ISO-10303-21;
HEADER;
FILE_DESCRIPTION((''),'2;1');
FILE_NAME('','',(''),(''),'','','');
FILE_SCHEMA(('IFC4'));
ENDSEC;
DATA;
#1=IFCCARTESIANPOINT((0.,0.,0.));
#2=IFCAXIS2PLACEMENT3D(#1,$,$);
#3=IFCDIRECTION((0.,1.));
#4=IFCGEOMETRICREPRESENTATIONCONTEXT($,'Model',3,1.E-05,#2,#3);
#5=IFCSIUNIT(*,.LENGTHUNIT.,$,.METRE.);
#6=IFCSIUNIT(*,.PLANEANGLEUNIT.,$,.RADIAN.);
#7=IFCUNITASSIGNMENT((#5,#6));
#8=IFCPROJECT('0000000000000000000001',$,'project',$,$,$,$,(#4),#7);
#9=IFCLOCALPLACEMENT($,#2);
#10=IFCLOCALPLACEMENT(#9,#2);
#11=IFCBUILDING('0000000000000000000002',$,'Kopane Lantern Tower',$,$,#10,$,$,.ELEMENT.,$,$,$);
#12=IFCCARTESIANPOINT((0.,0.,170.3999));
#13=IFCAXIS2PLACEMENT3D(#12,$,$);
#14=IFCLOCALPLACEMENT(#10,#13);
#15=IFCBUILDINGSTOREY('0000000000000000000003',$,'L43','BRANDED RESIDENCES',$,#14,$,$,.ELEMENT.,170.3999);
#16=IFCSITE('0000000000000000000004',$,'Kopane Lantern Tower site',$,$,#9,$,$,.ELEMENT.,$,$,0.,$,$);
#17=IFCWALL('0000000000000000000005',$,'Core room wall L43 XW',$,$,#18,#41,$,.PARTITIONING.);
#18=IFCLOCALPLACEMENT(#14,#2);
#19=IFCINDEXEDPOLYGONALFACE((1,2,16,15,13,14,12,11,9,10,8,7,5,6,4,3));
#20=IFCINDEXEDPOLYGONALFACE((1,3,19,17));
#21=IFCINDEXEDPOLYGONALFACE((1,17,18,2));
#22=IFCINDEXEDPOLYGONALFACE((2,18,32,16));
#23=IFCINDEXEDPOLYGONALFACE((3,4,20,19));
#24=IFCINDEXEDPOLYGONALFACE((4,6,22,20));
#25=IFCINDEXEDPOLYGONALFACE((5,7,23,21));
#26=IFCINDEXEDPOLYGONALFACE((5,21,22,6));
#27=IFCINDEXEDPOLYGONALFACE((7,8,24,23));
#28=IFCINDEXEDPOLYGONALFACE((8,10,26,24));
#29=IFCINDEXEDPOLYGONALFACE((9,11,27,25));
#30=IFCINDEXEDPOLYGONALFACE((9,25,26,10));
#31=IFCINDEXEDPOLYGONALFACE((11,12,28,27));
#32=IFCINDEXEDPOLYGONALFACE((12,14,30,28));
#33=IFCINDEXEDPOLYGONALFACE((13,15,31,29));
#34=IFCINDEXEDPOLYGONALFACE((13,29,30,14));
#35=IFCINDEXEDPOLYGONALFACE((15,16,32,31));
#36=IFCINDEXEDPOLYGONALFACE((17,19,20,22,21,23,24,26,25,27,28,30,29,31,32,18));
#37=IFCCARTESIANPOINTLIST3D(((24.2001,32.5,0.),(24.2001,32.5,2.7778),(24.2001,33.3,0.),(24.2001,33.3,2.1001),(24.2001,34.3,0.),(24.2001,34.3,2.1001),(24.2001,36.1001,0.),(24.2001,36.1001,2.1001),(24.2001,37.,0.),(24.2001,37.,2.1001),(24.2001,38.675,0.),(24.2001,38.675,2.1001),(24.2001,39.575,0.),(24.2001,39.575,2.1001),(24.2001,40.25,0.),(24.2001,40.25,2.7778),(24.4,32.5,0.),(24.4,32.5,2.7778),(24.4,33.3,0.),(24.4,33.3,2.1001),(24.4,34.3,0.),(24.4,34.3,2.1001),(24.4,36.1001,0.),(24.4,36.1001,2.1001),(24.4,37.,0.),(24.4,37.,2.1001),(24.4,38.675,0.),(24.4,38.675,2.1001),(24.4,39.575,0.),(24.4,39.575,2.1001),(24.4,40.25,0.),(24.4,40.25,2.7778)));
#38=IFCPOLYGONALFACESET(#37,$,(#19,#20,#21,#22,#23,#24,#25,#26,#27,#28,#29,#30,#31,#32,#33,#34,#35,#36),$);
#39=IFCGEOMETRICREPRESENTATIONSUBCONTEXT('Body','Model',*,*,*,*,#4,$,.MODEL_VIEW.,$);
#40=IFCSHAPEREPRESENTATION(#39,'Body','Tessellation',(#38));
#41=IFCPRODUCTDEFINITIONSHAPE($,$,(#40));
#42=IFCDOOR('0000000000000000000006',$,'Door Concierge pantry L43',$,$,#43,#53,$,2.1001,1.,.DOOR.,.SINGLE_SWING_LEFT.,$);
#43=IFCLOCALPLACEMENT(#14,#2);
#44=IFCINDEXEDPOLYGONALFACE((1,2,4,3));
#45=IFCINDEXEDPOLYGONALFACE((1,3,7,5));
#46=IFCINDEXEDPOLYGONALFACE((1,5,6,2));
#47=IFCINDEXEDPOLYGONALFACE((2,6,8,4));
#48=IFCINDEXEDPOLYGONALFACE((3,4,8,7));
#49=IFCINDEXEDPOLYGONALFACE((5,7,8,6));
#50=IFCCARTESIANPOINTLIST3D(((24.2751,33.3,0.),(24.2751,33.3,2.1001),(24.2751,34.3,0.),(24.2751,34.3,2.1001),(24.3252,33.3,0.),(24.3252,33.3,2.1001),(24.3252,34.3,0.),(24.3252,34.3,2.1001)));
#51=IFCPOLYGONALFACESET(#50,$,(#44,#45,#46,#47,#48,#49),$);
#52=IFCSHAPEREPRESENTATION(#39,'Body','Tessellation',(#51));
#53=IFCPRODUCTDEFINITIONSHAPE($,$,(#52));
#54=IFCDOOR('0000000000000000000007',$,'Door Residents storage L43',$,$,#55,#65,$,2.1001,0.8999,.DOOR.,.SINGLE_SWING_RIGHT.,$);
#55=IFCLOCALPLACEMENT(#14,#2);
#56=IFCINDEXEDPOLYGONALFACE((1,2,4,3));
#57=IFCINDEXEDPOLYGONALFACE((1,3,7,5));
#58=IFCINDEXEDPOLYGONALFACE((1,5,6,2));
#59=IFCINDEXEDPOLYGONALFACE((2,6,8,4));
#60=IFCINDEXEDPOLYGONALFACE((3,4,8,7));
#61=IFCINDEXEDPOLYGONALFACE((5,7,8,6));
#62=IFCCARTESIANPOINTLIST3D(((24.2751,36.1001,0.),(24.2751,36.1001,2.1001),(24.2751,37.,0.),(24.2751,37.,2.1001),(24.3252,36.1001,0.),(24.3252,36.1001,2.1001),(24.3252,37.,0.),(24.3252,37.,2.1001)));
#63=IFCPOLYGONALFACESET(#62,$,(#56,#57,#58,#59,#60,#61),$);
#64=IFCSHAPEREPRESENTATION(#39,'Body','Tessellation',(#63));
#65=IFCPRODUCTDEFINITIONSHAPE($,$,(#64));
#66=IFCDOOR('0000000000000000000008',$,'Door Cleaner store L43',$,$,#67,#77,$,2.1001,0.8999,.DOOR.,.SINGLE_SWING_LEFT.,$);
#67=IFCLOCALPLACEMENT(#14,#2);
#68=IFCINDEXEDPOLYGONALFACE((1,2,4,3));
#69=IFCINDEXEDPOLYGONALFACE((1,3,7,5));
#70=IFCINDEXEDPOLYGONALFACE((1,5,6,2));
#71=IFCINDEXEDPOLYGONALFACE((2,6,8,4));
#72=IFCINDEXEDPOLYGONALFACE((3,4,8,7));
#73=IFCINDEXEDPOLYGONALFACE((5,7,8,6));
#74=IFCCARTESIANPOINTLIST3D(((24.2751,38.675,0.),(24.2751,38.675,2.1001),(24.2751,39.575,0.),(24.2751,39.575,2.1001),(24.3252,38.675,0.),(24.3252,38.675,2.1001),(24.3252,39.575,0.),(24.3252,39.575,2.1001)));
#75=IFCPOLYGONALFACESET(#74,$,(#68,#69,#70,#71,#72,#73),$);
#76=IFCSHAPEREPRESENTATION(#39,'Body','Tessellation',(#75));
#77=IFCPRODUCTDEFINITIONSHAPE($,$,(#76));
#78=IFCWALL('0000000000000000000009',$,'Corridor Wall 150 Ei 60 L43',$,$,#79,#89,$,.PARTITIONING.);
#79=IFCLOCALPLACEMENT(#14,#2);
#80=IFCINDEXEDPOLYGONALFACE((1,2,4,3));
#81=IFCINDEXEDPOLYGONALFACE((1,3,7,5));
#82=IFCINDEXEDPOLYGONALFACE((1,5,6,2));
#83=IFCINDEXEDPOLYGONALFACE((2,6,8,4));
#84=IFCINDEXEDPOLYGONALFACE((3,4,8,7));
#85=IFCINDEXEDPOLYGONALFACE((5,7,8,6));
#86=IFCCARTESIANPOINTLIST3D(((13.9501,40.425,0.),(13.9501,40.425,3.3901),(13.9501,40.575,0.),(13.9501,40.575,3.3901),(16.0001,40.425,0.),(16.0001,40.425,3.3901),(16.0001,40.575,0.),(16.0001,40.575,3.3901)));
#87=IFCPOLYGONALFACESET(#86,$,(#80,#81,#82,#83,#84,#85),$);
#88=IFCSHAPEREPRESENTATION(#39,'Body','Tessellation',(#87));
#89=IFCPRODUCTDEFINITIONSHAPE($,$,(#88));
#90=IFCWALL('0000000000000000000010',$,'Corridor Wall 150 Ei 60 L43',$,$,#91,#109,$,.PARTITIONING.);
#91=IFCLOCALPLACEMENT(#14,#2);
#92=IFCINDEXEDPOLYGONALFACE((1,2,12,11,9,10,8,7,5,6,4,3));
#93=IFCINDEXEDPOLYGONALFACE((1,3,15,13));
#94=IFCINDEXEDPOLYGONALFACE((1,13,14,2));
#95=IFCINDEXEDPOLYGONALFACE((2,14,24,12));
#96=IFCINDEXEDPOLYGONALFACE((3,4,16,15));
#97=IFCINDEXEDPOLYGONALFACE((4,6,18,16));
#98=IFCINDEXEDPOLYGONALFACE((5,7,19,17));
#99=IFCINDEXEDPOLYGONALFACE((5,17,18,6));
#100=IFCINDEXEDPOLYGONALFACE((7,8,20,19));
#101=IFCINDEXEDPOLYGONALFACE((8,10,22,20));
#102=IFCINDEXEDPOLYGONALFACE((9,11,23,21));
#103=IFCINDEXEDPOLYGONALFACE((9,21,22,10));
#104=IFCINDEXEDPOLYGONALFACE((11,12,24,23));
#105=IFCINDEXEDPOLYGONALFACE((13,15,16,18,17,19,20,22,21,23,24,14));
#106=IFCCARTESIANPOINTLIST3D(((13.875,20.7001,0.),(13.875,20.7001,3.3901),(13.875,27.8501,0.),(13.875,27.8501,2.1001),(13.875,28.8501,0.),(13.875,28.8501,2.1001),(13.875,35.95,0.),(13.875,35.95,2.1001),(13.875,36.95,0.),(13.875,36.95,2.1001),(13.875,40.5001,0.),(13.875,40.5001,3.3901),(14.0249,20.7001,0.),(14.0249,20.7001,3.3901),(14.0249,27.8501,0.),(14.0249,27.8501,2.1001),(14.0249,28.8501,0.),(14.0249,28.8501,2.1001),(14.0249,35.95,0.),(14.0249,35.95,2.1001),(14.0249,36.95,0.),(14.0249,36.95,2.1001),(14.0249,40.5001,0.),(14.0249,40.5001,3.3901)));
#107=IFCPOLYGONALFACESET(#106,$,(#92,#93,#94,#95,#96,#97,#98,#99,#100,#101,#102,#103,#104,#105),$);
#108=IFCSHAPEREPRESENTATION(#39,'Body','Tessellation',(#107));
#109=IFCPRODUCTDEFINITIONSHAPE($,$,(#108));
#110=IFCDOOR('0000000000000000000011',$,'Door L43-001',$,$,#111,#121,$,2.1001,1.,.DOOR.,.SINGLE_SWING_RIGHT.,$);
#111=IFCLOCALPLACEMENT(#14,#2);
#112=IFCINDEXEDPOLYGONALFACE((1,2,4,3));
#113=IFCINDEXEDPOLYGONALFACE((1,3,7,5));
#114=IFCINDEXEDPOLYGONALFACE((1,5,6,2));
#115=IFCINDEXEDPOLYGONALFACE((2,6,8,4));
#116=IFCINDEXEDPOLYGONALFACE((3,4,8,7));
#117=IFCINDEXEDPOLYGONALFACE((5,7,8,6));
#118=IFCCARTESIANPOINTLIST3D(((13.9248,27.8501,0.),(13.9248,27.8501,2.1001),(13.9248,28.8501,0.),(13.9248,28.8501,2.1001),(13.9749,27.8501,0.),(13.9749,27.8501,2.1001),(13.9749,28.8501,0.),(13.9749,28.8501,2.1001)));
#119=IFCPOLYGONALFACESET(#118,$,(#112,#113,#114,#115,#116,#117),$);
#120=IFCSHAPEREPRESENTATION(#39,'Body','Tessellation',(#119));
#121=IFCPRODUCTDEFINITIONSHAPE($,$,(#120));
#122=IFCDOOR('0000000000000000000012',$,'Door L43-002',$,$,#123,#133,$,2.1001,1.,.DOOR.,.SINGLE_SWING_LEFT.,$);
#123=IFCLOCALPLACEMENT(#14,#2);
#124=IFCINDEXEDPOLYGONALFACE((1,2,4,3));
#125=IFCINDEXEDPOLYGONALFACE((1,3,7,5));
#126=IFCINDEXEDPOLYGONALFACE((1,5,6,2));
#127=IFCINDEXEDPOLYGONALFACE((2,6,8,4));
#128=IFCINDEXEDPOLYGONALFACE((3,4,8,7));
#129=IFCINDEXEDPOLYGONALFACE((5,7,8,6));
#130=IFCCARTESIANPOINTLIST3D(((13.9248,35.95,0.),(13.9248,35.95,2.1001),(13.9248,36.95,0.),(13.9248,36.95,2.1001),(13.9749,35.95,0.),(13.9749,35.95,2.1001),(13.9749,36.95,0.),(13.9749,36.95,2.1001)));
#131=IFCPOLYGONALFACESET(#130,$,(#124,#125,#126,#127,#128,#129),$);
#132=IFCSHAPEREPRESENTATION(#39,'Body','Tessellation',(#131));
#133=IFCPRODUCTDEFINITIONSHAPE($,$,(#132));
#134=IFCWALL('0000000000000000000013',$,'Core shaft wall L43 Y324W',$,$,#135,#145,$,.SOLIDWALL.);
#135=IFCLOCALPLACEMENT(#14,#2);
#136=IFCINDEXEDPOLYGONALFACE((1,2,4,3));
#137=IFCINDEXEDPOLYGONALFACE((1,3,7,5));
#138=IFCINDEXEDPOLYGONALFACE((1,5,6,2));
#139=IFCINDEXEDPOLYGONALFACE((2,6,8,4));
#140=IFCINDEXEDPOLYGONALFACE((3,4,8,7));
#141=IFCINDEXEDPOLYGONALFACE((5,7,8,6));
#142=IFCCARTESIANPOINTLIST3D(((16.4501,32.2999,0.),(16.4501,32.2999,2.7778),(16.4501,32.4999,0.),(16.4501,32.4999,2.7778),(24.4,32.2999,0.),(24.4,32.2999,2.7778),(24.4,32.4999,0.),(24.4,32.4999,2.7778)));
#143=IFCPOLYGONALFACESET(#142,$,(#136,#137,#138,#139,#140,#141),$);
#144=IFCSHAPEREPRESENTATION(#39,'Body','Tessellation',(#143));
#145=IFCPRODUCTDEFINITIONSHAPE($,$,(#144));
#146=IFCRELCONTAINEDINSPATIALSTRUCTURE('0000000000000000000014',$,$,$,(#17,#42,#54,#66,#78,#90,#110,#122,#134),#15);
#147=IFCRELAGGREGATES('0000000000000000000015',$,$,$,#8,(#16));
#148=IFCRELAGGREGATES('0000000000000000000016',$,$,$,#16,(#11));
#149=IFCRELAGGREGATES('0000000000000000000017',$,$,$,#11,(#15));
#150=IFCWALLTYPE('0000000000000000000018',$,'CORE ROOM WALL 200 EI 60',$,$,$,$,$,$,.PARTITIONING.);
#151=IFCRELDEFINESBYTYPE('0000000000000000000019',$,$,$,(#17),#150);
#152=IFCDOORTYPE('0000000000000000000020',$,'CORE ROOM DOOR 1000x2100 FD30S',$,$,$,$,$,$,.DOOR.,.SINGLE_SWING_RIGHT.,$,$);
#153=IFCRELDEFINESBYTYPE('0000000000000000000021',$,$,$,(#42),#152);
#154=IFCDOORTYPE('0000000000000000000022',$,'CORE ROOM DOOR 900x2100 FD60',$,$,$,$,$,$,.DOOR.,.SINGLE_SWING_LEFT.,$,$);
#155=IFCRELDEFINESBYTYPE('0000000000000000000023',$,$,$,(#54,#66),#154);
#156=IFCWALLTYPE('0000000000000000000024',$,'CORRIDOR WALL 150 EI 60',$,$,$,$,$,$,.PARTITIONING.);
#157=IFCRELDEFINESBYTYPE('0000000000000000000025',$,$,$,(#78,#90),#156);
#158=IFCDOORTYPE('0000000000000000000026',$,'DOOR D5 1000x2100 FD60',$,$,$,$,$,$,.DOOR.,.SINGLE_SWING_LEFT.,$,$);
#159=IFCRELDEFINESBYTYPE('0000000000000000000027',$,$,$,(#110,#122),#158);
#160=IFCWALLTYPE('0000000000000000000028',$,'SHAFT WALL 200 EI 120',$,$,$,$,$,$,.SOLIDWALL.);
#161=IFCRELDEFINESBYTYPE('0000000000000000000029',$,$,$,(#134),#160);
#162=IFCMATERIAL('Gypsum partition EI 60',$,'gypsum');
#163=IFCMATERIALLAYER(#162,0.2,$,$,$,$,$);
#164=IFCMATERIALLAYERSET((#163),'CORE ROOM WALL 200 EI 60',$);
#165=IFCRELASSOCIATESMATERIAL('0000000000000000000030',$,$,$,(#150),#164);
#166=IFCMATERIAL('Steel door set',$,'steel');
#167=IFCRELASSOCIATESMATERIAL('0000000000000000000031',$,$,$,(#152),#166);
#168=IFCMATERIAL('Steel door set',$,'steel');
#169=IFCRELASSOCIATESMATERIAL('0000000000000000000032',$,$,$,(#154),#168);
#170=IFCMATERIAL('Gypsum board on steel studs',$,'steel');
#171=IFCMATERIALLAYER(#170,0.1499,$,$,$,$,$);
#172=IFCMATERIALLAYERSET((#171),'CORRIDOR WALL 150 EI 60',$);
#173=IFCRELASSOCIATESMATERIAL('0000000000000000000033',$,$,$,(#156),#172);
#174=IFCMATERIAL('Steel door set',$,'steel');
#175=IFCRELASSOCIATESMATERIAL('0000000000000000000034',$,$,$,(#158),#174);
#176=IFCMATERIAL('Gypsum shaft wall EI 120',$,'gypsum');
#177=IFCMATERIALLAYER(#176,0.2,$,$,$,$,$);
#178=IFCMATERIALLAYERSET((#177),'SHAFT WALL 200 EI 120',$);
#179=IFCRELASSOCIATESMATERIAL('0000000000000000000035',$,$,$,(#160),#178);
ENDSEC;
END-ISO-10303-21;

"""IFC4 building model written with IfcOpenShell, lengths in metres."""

from ifc_helpers import new_model, si_unit, direction, frame, frame_2d, origin, place, context, subcontext, project, spatial, rectangle, extrude, material, layer, layer_set, type_object, element, fill, save


model = new_model("IFC4")

# Units and contexts
model_context = context("Model", 3, precision=1e-05, world=origin(), true_north=direction((0.0, 1.0)))
body_context = subcontext(model_context, "Body", "Model", "MODEL_VIEW")
ifc_project = project(units=[si_unit("LENGTHUNIT", "METRE"), si_unit("PLANEANGLEUNIT", "RADIAN")], contexts=[model_context])

# Site, building, storey
site_placement = place(None, origin())
site = spatial("IfcSite", under=ifc_project, at=site_placement, Name="Kopane Lantern Tower site", CompositionType="ELEMENT", RefElevation=0.0)
building_placement = place(site_placement, origin())
building = spatial("IfcBuilding", under=site, at=building_placement, Name="Kopane Lantern Tower", CompositionType="ELEMENT")
storey_placement = place(building_placement, frame((0.0, 0.0, 170.3999)))
storey = spatial("IfcBuildingStorey", under=building, at=storey_placement, Name="L43", Description="BRANDED RESIDENCES", CompositionType="ELEMENT", Elevation=170.3999)

# Wall, openings, doors
ifc_material_1 = material(Name="Gypsum partition EI 60", Category="gypsum")
ifc_layer_1 = layer(ifc_material_1, 0.2)
ifc_layer_set_1 = layer_set([ifc_layer_1], Name="CORE ROOM WALL 200 EI 60")
wall_type_1 = type_object("IfcWallType", Name="CORE ROOM WALL 200 EI 60", PredefinedType="PARTITIONING", material=ifc_layer_set_1)
wall_1_placement = place(storey_placement, frame((24.3, 32.5, 0.0), z_axis=(0.0, 0.0, 1.0), x_axis=(0.0, 1.0, 0.0)))
wall_1 = element("IfcWall", 1, at=wall_1_placement, inside=storey, type_object=wall_type_1, Name="Core room wall L43 XW", PredefinedType="PARTITIONING", context=body_context, shape_type="SweptSolid", body=[
    extrude(rectangle(XDim=7.75, YDim=0.2, at=frame_2d((3.875, 0.0))), origin(), (0.0, 0.0, 1.0), 2.7778),
])
opening_1_placement = place(wall_1_placement, frame((0.8, 0.0, 0.0)))
opening_1 = element("IfcOpeningElement", 2, at=opening_1_placement, cuts=wall_1, PredefinedType="OPENING", context=body_context, shape_type="SweptSolid", body=[
    extrude(rectangle(XDim=1.0, YDim=2.1001, at=frame_2d((0.5, 1.05))), frame((0.0, 0.1099, 0.0), z_axis=(0.0, -1.0, 0.0), x_axis=(1.0, 0.0, 0.0)), (0.0, 0.0, 1.0), 0.22),
])
opening_2_placement = place(wall_1_placement, frame((3.6001, 0.0, 0.0)))
opening_2 = element("IfcOpeningElement", 3, at=opening_2_placement, cuts=wall_1, PredefinedType="OPENING", context=body_context, shape_type="SweptSolid", body=[
    extrude(rectangle(XDim=0.8999, YDim=2.1001, at=frame_2d((0.45, 1.05))), frame((0.0, 0.1099, 0.0), z_axis=(0.0, -1.0, 0.0), x_axis=(1.0, 0.0, 0.0)), (0.0, 0.0, 1.0), 0.22),
])
opening_3_placement = place(wall_1_placement, frame((6.175, 0.0, 0.0)))
opening_3 = element("IfcOpeningElement", 4, at=opening_3_placement, cuts=wall_1, PredefinedType="OPENING", context=body_context, shape_type="SweptSolid", body=[
    extrude(rectangle(XDim=0.8999, YDim=2.1001, at=frame_2d((0.45, 1.05))), frame((0.0, 0.1099, 0.0), z_axis=(0.0, -1.0, 0.0), x_axis=(1.0, 0.0, 0.0)), (0.0, 0.0, 1.0), 0.22),
])
ifc_material_2 = material(Name="Steel door set", Category="steel")
door_type_1 = type_object("IfcDoorType", Name="CORE ROOM DOOR 1000x2100 FD30S", OperationType="SINGLE_SWING_RIGHT", PredefinedType="DOOR", material=ifc_material_2)
door_1_placement = place(opening_1_placement, origin())
door_1 = element("IfcDoor", 5, at=door_1_placement, inside=storey, type_object=door_type_1, Name="Door Concierge pantry L43", OperationType="SINGLE_SWING_LEFT", OverallHeight=2.1001, OverallWidth=1.0, PredefinedType="DOOR", context=body_context, shape_type="SweptSolid", body=[
    extrude(rectangle(XDim=1.0, YDim=2.1001, at=frame_2d((0.5, 1.05))), frame((0.0, 0.0249, 0.0), z_axis=(0.0, -1.0, 0.0), x_axis=(1.0, 0.0, 0.0)), (0.0, 0.0, 1.0), 0.05),
])
fill(opening_1, door_1)
ifc_material_3 = material(Name="Steel door set", Category="steel")
door_type_2 = type_object("IfcDoorType", Name="CORE ROOM DOOR 900x2100 FD60", OperationType="SINGLE_SWING_LEFT", PredefinedType="DOOR", material=ifc_material_3)
door_2_placement = place(opening_2_placement, origin())
door_2 = element("IfcDoor", 6, at=door_2_placement, inside=storey, type_object=door_type_2, Name="Door Residents storage L43", OperationType="SINGLE_SWING_RIGHT", OverallHeight=2.1001, OverallWidth=0.8999, PredefinedType="DOOR", context=body_context, shape_type="SweptSolid", body=[
    extrude(rectangle(XDim=0.8999, YDim=2.1001, at=frame_2d((0.45, 1.05))), frame((0.0, 0.0249, 0.0), z_axis=(0.0, -1.0, 0.0), x_axis=(1.0, 0.0, 0.0)), (0.0, 0.0, 1.0), 0.05),
])
fill(opening_2, door_2)
door_3_placement = place(opening_3_placement, origin())
door_3 = element("IfcDoor", 7, at=door_3_placement, inside=storey, type_object=door_type_2, Name="Door Cleaner store L43", OperationType="SINGLE_SWING_LEFT", OverallHeight=2.1001, OverallWidth=0.8999, PredefinedType="DOOR", context=body_context, shape_type="SweptSolid", body=[
    extrude(rectangle(XDim=0.8999, YDim=2.1001, at=frame_2d((0.45, 1.05))), frame((0.0, 0.0249, 0.0), z_axis=(0.0, -1.0, 0.0), x_axis=(1.0, 0.0, 0.0)), (0.0, 0.0, 1.0), 0.05),
])
fill(opening_3, door_3)

# Wall
ifc_material_4 = material(Name="Gypsum board on steel studs", Category="steel")
ifc_layer_2 = layer(ifc_material_4, 0.1499)
ifc_layer_set_2 = layer_set([ifc_layer_2], Name="CORRIDOR WALL 150 EI 60")
wall_type_2 = type_object("IfcWallType", Name="CORRIDOR WALL 150 EI 60", PredefinedType="PARTITIONING", material=ifc_layer_set_2)
wall_2_placement = place(storey_placement, frame((16.0, 40.5, 0.0), z_axis=(0.0, 0.0, 1.0), x_axis=(-1.0, 0.0, 0.0)))
element("IfcWall", 8, at=wall_2_placement, inside=storey, type_object=wall_type_2, Name="Corridor Wall 150 Ei 60 L43", PredefinedType="PARTITIONING", context=body_context, shape_type="SweptSolid", body=[
    extrude(rectangle(XDim=2.05, YDim=0.1499, at=frame_2d((1.0249, 0.0))), origin(), (0.0, 0.0, 1.0), 3.3901),
])

# Wall, openings, doors
wall_3_placement = place(storey_placement, frame((13.95, 40.5, 0.0), z_axis=(0.0, 0.0, 1.0), x_axis=(0.0, -1.0, 0.0)))
wall_3 = element("IfcWall", 9, at=wall_3_placement, inside=storey, type_object=wall_type_2, Name="Corridor Wall 150 Ei 60 L43", PredefinedType="PARTITIONING", context=body_context, shape_type="SweptSolid", body=[
    extrude(rectangle(XDim=19.8, YDim=0.1499, at=frame_2d((9.8999, 0.0))), origin(), (0.0, 0.0, 1.0), 3.3901),
])
opening_4_placement = place(wall_3_placement, frame((11.6499, 0.0, 0.0)))
opening_4 = element("IfcOpeningElement", 10, at=opening_4_placement, cuts=wall_3, PredefinedType="OPENING", context=body_context, shape_type="SweptSolid", body=[
    extrude(rectangle(XDim=1.0, YDim=2.1001, at=frame_2d((0.5, 1.05))), frame((0.0, 0.085, 0.0), z_axis=(0.0, -1.0, 0.0), x_axis=(1.0, 0.0, 0.0)), (0.0, 0.0, 1.0), 0.1699),
])
opening_5_placement = place(wall_3_placement, frame((3.55, 0.0, 0.0)))
opening_5 = element("IfcOpeningElement", 11, at=opening_5_placement, cuts=wall_3, PredefinedType="OPENING", context=body_context, shape_type="SweptSolid", body=[
    extrude(rectangle(XDim=1.0, YDim=2.1001, at=frame_2d((0.5, 1.05))), frame((0.0, 0.085, 0.0), z_axis=(0.0, -1.0, 0.0), x_axis=(1.0, 0.0, 0.0)), (0.0, 0.0, 1.0), 0.1699),
])
ifc_material_5 = material(Name="Steel door set", Category="steel")
door_type_3 = type_object("IfcDoorType", Name="DOOR D5 1000x2100 FD60", OperationType="SINGLE_SWING_LEFT", PredefinedType="DOOR", material=ifc_material_5)
door_4_placement = place(opening_4_placement, origin())
door_4 = element("IfcDoor", 12, at=door_4_placement, inside=storey, type_object=door_type_3, Name="Door L43-001", OperationType="SINGLE_SWING_RIGHT", OverallHeight=2.1001, OverallWidth=1.0, PredefinedType="DOOR", context=body_context, shape_type="SweptSolid", body=[
    extrude(rectangle(XDim=1.0, YDim=2.1001, at=frame_2d((0.5, 1.05))), frame((0.0, 0.0249, 0.0), z_axis=(0.0, -1.0, 0.0), x_axis=(1.0, 0.0, 0.0)), (0.0, 0.0, 1.0), 0.05),
])
fill(opening_4, door_4)
door_5_placement = place(opening_5_placement, origin())
door_5 = element("IfcDoor", 13, at=door_5_placement, inside=storey, type_object=door_type_3, Name="Door L43-002", OperationType="SINGLE_SWING_LEFT", OverallHeight=2.1001, OverallWidth=1.0, PredefinedType="DOOR", context=body_context, shape_type="SweptSolid", body=[
    extrude(rectangle(XDim=1.0, YDim=2.1001, at=frame_2d((0.5, 1.05))), frame((0.0, 0.0249, 0.0), z_axis=(0.0, -1.0, 0.0), x_axis=(1.0, 0.0, 0.0)), (0.0, 0.0, 1.0), 0.05),
])
fill(opening_5, door_5)

# Wall
ifc_material_6 = material(Name="Gypsum shaft wall EI 120", Category="gypsum")
ifc_layer_3 = layer(ifc_material_6, 0.2)
ifc_layer_set_3 = layer_set([ifc_layer_3], Name="SHAFT WALL 200 EI 120")
wall_type_3 = type_object("IfcWallType", Name="SHAFT WALL 200 EI 120", PredefinedType="SOLIDWALL", material=ifc_layer_set_3)
wall_4_placement = place(storey_placement, frame((16.45, 32.3999, 0.0), z_axis=(0.0, 0.0, 1.0), x_axis=(1.0, 0.0, 0.0)))
element("IfcWall", 14, at=wall_4_placement, inside=storey, type_object=wall_type_3, Name="Core shaft wall L43 Y324W", PredefinedType="SOLIDWALL", context=body_context, shape_type="SweptSolid", body=[
    extrude(rectangle(XDim=7.95, YDim=0.2, at=frame_2d((3.9751, 0.0))), origin(), (0.0, 0.0, 1.0), 2.7778),
])

save(model, "model.ifc")
